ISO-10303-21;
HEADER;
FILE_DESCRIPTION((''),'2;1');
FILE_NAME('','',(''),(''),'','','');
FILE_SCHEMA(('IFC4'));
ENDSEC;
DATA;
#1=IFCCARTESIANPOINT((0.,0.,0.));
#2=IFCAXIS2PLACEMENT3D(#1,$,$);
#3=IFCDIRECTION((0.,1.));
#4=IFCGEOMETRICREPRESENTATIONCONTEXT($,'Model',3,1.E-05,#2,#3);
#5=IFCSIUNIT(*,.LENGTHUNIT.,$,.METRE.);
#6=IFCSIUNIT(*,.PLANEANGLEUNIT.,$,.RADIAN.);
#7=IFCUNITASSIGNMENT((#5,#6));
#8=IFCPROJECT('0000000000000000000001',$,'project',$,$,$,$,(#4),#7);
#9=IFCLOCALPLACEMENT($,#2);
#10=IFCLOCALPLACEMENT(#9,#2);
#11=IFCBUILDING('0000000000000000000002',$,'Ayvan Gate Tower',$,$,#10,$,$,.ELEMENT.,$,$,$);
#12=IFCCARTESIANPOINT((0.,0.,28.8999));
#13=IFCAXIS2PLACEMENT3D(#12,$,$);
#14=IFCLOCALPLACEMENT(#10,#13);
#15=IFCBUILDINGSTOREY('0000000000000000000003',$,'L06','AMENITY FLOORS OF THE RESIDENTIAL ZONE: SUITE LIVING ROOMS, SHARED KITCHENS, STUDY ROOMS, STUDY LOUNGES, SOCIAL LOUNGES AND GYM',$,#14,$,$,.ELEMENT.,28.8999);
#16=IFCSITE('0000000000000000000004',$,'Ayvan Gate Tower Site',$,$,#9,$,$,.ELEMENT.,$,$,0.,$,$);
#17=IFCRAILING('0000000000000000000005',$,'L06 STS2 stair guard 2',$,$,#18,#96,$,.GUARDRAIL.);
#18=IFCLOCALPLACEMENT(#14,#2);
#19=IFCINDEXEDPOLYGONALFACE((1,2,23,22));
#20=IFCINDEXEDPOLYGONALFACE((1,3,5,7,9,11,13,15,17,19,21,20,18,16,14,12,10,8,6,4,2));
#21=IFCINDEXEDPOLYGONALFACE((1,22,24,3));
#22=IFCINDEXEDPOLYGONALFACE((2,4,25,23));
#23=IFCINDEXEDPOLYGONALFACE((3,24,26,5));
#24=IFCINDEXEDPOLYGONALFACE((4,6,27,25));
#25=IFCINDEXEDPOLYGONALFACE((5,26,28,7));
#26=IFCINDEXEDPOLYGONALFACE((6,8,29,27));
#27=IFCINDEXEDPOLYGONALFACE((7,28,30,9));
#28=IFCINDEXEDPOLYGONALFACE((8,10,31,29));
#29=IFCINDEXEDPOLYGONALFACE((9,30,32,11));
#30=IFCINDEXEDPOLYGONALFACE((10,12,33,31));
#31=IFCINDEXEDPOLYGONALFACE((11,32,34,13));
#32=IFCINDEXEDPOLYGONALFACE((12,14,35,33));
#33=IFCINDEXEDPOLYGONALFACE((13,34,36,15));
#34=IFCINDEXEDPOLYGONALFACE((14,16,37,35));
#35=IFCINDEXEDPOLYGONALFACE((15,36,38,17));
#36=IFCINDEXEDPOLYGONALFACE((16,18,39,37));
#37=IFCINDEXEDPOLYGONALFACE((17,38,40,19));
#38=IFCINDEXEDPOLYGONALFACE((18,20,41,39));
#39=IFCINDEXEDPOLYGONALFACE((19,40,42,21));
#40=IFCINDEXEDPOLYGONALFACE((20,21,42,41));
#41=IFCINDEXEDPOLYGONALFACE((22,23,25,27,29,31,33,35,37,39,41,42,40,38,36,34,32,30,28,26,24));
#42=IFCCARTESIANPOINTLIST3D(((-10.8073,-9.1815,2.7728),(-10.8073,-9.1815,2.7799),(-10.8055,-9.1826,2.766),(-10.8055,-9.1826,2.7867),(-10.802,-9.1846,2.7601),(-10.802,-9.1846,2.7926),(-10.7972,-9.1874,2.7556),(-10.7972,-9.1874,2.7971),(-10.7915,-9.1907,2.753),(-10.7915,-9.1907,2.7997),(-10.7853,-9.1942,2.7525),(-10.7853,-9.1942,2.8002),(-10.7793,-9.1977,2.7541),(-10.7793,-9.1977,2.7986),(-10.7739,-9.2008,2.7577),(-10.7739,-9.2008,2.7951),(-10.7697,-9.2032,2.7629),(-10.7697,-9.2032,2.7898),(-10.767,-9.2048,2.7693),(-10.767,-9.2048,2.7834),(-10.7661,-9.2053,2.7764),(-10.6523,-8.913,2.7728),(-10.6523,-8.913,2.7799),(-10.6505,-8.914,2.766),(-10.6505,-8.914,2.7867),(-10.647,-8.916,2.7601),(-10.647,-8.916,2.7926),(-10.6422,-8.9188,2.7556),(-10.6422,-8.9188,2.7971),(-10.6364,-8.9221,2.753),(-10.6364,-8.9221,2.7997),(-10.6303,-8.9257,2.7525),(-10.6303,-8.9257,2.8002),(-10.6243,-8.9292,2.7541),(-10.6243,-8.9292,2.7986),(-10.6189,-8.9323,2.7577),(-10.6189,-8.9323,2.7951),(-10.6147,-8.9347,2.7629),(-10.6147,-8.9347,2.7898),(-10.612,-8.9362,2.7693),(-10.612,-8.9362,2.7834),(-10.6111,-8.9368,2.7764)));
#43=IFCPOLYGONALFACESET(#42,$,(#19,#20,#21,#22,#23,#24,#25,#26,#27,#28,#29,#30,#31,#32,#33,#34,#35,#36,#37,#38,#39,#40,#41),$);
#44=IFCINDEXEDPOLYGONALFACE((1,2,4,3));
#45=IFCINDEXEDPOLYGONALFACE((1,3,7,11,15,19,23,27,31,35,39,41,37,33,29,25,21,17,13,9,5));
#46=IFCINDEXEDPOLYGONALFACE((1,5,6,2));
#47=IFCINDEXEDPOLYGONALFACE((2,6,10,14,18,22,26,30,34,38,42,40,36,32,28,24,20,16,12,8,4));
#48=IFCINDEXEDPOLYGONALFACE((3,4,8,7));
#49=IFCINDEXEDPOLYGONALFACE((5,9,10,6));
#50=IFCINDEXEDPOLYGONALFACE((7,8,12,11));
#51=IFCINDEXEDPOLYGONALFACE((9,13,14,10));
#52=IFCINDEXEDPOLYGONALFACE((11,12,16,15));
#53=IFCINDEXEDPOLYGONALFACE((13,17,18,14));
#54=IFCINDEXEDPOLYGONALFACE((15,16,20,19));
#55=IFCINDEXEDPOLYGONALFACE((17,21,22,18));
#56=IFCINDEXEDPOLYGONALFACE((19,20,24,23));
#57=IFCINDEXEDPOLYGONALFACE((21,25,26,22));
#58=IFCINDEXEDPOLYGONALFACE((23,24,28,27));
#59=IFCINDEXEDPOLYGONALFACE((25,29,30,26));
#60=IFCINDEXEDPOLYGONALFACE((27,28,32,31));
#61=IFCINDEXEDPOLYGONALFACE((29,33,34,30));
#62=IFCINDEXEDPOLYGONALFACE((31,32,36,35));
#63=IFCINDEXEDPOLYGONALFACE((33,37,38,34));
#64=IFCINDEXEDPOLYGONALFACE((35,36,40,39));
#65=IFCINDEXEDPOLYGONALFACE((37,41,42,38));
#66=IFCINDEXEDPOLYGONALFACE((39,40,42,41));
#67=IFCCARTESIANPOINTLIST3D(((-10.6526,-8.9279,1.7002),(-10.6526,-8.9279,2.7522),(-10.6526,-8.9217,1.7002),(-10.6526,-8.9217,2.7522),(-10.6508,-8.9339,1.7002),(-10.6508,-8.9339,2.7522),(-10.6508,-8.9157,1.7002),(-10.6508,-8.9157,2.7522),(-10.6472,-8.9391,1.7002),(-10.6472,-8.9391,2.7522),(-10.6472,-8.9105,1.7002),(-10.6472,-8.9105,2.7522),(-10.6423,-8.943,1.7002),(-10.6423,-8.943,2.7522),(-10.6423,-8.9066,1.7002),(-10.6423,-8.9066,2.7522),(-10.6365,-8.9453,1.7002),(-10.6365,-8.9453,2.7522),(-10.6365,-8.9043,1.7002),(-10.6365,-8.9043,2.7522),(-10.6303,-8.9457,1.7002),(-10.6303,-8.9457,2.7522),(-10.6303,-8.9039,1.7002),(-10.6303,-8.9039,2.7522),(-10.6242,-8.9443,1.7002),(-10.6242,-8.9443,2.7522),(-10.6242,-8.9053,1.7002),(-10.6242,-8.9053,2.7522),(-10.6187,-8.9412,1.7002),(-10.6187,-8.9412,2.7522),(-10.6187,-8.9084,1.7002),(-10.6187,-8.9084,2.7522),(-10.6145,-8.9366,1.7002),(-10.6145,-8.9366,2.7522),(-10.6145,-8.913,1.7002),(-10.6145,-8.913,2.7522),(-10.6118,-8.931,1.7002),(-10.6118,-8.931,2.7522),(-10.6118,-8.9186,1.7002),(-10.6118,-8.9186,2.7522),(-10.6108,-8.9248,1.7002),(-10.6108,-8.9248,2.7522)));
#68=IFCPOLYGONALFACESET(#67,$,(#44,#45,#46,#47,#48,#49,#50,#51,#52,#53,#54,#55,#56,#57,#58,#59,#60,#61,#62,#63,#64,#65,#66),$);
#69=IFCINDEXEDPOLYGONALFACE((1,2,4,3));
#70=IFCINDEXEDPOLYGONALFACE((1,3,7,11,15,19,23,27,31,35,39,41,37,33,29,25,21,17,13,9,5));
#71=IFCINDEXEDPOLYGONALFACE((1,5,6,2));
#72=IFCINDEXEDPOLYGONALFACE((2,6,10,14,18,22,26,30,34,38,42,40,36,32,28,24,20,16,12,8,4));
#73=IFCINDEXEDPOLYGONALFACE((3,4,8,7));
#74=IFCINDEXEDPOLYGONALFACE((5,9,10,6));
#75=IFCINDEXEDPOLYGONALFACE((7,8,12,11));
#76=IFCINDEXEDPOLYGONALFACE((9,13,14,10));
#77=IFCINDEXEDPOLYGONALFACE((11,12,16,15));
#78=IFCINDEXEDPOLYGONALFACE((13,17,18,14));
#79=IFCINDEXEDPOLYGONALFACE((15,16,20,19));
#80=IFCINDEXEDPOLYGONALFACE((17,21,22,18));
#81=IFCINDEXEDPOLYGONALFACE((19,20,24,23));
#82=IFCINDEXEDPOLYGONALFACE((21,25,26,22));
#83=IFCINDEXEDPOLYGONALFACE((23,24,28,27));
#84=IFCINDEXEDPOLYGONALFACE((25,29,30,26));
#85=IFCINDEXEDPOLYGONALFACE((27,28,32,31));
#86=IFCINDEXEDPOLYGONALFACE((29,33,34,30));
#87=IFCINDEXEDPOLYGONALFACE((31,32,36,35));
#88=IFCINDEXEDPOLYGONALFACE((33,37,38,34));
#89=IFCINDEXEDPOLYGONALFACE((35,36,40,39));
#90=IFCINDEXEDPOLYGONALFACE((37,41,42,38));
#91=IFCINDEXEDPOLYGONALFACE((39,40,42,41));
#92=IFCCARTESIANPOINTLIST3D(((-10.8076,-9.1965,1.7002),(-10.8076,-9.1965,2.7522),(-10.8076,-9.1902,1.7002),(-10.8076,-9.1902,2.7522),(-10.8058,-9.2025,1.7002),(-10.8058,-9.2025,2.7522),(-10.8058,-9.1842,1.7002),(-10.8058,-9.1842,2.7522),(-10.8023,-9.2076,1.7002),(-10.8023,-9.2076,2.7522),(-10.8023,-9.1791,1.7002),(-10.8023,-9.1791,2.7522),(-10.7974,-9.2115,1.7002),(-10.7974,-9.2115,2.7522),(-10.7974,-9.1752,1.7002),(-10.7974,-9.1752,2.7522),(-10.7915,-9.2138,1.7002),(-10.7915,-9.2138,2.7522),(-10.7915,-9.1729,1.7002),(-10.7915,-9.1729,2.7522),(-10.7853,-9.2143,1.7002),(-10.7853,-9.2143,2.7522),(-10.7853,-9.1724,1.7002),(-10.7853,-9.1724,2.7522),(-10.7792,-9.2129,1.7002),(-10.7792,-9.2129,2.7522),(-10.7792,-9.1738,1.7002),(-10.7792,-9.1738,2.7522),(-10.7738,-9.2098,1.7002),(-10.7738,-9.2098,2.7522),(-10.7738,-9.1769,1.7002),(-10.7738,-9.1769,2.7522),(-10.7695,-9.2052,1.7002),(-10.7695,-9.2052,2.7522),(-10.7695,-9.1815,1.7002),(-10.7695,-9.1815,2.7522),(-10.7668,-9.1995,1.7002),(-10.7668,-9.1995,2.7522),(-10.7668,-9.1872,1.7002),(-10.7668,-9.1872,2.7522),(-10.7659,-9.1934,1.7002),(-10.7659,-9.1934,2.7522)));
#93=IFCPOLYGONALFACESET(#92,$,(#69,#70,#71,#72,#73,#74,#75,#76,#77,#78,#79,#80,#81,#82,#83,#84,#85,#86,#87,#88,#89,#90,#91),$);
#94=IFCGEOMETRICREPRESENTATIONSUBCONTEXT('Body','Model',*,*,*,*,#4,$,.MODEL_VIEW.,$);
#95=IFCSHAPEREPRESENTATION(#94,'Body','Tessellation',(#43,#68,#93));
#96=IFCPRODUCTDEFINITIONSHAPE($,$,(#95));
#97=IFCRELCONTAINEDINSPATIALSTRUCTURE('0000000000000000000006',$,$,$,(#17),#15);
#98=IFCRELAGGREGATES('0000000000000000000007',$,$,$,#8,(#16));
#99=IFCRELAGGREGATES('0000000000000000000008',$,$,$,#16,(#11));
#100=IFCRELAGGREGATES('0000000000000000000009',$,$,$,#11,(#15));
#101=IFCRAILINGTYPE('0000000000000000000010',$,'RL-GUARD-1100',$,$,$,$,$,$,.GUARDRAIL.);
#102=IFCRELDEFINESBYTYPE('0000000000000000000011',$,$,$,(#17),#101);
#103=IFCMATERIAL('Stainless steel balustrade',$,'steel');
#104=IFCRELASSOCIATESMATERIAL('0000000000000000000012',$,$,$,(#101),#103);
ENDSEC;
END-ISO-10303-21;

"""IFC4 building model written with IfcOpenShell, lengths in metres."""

from ifc_helpers import new_model, si_unit, direction, frame, origin, origin_2d, place, context, subcontext, project, spatial, circle, extrude, material, type_object, element, save


model = new_model("IFC4")

# Units and contexts
model_context = context("Model", 3, precision=1e-05, world=origin(), true_north=direction((0.0, 1.0)))
body_context = subcontext(model_context, "Body", "Model", "MODEL_VIEW")
ifc_project = project(units=[si_unit("LENGTHUNIT", "METRE"), si_unit("PLANEANGLEUNIT", "RADIAN")], contexts=[model_context])

# Site, building, storey
site_placement = place(None, origin())
site = spatial("IfcSite", under=ifc_project, at=site_placement, Name="Ayvan Gate Tower Site", CompositionType="ELEMENT", RefElevation=0.0)
building_placement = place(site_placement, origin())
building = spatial("IfcBuilding", under=site, at=building_placement, Name="Ayvan Gate Tower", CompositionType="ELEMENT")
storey_placement = place(building_placement, frame((0.0, 0.0, 28.8999)))
storey = spatial("IfcBuildingStorey", under=building, at=storey_placement, Name="L06", Description="AMENITY FLOORS OF THE RESIDENTIAL ZONE: SUITE LIVING ROOMS, SHARED KITCHENS, STUDY ROOMS, STUDY LOUNGES, SOCIAL LOUNGES AND GYM", CompositionType="ELEMENT", Elevation=28.8999)

# Railing
ifc_material_1 = material(Name="Stainless steel balustrade", Category="steel")
railing_type_1 = type_object("IfcRailingType", Name="RL-GUARD-1100", PredefinedType="GUARDRAIL", material=ifc_material_1)
railing_1_placement = place(storey_placement, frame((-10.6318, -8.9248, 1.7002)))
element("IfcRailing", 1, at=railing_1_placement, inside=storey, type_object=railing_type_1, Name="L06 STS2 stair guard 2", PredefinedType="GUARDRAIL", context=body_context, shape_type="SweptSolid", body=[
    extrude(circle(Radius=0.0239, at=origin_2d()), frame((0.0, 0.0, 1.0762), z_axis=(-0.49995, -0.866054, 0.0), x_axis=(0.866054, -0.49995, 0.0)), (0.0, 0.0, 1.0), 0.3101),
    extrude(circle(Radius=0.021, at=origin_2d()), origin(), (0.0, 0.0, 1.0), 1.052),
    extrude(circle(Radius=0.021, at=origin_2d()), frame((-0.155, -0.2686, 0.0)), (0.0, 0.0, 1.0), 1.052),
])

save(model, "model.ifc")
